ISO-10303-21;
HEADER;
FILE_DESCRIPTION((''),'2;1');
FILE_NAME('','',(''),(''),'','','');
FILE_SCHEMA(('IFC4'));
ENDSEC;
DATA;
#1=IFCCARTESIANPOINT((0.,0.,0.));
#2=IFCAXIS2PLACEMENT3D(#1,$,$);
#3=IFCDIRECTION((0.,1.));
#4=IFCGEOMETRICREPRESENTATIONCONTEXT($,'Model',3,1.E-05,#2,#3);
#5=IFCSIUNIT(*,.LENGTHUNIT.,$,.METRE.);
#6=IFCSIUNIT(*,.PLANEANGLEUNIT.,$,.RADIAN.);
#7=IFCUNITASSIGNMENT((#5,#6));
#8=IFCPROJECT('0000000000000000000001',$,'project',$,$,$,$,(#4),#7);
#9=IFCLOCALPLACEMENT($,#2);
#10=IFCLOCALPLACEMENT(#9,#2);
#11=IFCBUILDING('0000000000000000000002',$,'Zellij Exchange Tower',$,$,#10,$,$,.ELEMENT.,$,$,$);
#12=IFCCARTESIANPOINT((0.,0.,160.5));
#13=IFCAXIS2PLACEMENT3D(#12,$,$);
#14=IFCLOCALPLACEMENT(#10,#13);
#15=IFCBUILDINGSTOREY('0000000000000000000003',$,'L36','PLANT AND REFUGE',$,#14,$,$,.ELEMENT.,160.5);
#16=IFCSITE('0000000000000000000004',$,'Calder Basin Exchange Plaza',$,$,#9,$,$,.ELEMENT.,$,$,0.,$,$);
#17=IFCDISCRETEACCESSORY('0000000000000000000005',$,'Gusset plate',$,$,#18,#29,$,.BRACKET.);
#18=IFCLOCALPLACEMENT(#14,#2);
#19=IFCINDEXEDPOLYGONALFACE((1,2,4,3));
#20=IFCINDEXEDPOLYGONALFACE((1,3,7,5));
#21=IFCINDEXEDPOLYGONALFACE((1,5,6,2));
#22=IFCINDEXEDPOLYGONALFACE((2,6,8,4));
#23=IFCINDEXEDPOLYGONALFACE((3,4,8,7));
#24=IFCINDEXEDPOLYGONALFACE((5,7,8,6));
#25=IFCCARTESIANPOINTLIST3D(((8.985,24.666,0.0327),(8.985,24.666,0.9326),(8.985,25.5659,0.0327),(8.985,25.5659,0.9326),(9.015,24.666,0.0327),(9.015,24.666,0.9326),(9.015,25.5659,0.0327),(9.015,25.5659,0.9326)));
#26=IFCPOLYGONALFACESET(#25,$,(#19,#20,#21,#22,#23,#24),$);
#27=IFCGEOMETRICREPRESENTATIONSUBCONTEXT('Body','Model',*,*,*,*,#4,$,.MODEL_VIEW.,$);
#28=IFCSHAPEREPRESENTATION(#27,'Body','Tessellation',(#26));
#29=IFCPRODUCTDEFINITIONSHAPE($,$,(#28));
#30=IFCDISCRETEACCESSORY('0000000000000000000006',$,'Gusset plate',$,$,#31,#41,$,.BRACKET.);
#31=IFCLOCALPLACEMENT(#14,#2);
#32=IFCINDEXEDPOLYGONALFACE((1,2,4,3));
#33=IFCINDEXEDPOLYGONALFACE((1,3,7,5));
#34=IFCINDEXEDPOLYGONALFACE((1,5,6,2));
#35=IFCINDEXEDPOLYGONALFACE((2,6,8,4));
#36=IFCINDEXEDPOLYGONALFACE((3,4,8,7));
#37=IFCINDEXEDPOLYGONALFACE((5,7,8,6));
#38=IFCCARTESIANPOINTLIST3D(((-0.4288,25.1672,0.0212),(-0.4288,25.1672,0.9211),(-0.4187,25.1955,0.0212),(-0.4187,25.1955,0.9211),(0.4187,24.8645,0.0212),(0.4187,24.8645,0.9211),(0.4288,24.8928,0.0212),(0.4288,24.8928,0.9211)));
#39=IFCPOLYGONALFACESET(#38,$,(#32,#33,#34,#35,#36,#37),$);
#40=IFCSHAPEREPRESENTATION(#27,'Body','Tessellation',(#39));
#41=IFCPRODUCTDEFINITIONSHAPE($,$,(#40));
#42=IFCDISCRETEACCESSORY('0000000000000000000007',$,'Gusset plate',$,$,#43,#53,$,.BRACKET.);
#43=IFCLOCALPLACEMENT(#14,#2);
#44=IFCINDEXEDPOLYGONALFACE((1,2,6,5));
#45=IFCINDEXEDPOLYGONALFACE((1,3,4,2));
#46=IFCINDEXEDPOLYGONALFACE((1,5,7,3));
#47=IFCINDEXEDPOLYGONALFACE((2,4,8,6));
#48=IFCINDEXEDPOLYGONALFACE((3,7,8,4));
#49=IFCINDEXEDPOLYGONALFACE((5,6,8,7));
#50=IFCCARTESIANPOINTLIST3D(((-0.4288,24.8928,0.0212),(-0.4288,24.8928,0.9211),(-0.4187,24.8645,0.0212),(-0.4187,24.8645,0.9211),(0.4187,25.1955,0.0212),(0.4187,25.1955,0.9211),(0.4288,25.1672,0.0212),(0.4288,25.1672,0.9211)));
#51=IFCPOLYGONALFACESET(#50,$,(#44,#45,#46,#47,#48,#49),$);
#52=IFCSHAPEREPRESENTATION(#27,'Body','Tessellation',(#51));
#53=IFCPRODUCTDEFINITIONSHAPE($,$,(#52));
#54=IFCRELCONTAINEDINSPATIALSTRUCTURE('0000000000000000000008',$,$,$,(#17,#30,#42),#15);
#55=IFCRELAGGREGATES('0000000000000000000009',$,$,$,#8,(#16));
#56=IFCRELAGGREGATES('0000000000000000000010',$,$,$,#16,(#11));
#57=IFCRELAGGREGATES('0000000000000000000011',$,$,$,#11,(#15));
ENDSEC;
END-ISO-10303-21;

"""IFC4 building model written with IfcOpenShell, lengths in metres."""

from ifc_helpers import new_model, si_unit, direction, frame, origin, origin_2d, place, context, subcontext, project, spatial, rectangle, extrude, element, save


model = new_model("IFC4")

# Units and contexts
model_context = context("Model", 3, precision=1e-05, world=origin(), true_north=direction((0.0, 1.0)))
body_context = subcontext(model_context, "Body", "Model", "MODEL_VIEW")
ifc_project = project(units=[si_unit("LENGTHUNIT", "METRE"), si_unit("PLANEANGLEUNIT", "RADIAN")], contexts=[model_context])

# Site, building, storey
site_placement = place(None, origin())
site = spatial("IfcSite", under=ifc_project, at=site_placement, Name="Calder Basin Exchange Plaza", CompositionType="ELEMENT", RefElevation=0.0)
building_placement = place(site_placement, origin())
building = spatial("IfcBuilding", under=site, at=building_placement, Name="Zellij Exchange Tower", CompositionType="ELEMENT")
storey_placement = place(building_placement, frame((0.0, 0.0, 160.5)))
storey = spatial("IfcBuildingStorey", under=building, at=storey_placement, Name="L36", Description="PLANT AND REFUGE", CompositionType="ELEMENT", Elevation=160.5)

# Discrete accessories
for number, where, z_axis, x_axis, name in (
    (1, (9.0, 25.116, 0.0327), (0.0, 0.0, 1.0), (0.0, 1.0, 0.0), "Gusset plate"),
    (2, (0.0, 25.03, 0.0212), (0.0, 0.0, 1.0), (0.941725, -0.336384, 0.0), "Gusset plate"),
    (3, (0.0, 25.03, 0.0212), (0.0, 0.0, 1.0), (0.941725, 0.336384, 0.0), "Gusset plate"),
):
    element("IfcDiscreteAccessory", number, at=place(storey_placement, frame(where, z_axis=z_axis, x_axis=x_axis)), inside=storey, Name=name, PredefinedType="BRACKET", context=body_context, shape_type="SweptSolid", body=[
        extrude(rectangle(XDim=0.8999, YDim=0.03, at=origin_2d()), origin(), (0.0, 0.0, 1.0), 0.8999),
    ])

save(model, "model.ifc")
